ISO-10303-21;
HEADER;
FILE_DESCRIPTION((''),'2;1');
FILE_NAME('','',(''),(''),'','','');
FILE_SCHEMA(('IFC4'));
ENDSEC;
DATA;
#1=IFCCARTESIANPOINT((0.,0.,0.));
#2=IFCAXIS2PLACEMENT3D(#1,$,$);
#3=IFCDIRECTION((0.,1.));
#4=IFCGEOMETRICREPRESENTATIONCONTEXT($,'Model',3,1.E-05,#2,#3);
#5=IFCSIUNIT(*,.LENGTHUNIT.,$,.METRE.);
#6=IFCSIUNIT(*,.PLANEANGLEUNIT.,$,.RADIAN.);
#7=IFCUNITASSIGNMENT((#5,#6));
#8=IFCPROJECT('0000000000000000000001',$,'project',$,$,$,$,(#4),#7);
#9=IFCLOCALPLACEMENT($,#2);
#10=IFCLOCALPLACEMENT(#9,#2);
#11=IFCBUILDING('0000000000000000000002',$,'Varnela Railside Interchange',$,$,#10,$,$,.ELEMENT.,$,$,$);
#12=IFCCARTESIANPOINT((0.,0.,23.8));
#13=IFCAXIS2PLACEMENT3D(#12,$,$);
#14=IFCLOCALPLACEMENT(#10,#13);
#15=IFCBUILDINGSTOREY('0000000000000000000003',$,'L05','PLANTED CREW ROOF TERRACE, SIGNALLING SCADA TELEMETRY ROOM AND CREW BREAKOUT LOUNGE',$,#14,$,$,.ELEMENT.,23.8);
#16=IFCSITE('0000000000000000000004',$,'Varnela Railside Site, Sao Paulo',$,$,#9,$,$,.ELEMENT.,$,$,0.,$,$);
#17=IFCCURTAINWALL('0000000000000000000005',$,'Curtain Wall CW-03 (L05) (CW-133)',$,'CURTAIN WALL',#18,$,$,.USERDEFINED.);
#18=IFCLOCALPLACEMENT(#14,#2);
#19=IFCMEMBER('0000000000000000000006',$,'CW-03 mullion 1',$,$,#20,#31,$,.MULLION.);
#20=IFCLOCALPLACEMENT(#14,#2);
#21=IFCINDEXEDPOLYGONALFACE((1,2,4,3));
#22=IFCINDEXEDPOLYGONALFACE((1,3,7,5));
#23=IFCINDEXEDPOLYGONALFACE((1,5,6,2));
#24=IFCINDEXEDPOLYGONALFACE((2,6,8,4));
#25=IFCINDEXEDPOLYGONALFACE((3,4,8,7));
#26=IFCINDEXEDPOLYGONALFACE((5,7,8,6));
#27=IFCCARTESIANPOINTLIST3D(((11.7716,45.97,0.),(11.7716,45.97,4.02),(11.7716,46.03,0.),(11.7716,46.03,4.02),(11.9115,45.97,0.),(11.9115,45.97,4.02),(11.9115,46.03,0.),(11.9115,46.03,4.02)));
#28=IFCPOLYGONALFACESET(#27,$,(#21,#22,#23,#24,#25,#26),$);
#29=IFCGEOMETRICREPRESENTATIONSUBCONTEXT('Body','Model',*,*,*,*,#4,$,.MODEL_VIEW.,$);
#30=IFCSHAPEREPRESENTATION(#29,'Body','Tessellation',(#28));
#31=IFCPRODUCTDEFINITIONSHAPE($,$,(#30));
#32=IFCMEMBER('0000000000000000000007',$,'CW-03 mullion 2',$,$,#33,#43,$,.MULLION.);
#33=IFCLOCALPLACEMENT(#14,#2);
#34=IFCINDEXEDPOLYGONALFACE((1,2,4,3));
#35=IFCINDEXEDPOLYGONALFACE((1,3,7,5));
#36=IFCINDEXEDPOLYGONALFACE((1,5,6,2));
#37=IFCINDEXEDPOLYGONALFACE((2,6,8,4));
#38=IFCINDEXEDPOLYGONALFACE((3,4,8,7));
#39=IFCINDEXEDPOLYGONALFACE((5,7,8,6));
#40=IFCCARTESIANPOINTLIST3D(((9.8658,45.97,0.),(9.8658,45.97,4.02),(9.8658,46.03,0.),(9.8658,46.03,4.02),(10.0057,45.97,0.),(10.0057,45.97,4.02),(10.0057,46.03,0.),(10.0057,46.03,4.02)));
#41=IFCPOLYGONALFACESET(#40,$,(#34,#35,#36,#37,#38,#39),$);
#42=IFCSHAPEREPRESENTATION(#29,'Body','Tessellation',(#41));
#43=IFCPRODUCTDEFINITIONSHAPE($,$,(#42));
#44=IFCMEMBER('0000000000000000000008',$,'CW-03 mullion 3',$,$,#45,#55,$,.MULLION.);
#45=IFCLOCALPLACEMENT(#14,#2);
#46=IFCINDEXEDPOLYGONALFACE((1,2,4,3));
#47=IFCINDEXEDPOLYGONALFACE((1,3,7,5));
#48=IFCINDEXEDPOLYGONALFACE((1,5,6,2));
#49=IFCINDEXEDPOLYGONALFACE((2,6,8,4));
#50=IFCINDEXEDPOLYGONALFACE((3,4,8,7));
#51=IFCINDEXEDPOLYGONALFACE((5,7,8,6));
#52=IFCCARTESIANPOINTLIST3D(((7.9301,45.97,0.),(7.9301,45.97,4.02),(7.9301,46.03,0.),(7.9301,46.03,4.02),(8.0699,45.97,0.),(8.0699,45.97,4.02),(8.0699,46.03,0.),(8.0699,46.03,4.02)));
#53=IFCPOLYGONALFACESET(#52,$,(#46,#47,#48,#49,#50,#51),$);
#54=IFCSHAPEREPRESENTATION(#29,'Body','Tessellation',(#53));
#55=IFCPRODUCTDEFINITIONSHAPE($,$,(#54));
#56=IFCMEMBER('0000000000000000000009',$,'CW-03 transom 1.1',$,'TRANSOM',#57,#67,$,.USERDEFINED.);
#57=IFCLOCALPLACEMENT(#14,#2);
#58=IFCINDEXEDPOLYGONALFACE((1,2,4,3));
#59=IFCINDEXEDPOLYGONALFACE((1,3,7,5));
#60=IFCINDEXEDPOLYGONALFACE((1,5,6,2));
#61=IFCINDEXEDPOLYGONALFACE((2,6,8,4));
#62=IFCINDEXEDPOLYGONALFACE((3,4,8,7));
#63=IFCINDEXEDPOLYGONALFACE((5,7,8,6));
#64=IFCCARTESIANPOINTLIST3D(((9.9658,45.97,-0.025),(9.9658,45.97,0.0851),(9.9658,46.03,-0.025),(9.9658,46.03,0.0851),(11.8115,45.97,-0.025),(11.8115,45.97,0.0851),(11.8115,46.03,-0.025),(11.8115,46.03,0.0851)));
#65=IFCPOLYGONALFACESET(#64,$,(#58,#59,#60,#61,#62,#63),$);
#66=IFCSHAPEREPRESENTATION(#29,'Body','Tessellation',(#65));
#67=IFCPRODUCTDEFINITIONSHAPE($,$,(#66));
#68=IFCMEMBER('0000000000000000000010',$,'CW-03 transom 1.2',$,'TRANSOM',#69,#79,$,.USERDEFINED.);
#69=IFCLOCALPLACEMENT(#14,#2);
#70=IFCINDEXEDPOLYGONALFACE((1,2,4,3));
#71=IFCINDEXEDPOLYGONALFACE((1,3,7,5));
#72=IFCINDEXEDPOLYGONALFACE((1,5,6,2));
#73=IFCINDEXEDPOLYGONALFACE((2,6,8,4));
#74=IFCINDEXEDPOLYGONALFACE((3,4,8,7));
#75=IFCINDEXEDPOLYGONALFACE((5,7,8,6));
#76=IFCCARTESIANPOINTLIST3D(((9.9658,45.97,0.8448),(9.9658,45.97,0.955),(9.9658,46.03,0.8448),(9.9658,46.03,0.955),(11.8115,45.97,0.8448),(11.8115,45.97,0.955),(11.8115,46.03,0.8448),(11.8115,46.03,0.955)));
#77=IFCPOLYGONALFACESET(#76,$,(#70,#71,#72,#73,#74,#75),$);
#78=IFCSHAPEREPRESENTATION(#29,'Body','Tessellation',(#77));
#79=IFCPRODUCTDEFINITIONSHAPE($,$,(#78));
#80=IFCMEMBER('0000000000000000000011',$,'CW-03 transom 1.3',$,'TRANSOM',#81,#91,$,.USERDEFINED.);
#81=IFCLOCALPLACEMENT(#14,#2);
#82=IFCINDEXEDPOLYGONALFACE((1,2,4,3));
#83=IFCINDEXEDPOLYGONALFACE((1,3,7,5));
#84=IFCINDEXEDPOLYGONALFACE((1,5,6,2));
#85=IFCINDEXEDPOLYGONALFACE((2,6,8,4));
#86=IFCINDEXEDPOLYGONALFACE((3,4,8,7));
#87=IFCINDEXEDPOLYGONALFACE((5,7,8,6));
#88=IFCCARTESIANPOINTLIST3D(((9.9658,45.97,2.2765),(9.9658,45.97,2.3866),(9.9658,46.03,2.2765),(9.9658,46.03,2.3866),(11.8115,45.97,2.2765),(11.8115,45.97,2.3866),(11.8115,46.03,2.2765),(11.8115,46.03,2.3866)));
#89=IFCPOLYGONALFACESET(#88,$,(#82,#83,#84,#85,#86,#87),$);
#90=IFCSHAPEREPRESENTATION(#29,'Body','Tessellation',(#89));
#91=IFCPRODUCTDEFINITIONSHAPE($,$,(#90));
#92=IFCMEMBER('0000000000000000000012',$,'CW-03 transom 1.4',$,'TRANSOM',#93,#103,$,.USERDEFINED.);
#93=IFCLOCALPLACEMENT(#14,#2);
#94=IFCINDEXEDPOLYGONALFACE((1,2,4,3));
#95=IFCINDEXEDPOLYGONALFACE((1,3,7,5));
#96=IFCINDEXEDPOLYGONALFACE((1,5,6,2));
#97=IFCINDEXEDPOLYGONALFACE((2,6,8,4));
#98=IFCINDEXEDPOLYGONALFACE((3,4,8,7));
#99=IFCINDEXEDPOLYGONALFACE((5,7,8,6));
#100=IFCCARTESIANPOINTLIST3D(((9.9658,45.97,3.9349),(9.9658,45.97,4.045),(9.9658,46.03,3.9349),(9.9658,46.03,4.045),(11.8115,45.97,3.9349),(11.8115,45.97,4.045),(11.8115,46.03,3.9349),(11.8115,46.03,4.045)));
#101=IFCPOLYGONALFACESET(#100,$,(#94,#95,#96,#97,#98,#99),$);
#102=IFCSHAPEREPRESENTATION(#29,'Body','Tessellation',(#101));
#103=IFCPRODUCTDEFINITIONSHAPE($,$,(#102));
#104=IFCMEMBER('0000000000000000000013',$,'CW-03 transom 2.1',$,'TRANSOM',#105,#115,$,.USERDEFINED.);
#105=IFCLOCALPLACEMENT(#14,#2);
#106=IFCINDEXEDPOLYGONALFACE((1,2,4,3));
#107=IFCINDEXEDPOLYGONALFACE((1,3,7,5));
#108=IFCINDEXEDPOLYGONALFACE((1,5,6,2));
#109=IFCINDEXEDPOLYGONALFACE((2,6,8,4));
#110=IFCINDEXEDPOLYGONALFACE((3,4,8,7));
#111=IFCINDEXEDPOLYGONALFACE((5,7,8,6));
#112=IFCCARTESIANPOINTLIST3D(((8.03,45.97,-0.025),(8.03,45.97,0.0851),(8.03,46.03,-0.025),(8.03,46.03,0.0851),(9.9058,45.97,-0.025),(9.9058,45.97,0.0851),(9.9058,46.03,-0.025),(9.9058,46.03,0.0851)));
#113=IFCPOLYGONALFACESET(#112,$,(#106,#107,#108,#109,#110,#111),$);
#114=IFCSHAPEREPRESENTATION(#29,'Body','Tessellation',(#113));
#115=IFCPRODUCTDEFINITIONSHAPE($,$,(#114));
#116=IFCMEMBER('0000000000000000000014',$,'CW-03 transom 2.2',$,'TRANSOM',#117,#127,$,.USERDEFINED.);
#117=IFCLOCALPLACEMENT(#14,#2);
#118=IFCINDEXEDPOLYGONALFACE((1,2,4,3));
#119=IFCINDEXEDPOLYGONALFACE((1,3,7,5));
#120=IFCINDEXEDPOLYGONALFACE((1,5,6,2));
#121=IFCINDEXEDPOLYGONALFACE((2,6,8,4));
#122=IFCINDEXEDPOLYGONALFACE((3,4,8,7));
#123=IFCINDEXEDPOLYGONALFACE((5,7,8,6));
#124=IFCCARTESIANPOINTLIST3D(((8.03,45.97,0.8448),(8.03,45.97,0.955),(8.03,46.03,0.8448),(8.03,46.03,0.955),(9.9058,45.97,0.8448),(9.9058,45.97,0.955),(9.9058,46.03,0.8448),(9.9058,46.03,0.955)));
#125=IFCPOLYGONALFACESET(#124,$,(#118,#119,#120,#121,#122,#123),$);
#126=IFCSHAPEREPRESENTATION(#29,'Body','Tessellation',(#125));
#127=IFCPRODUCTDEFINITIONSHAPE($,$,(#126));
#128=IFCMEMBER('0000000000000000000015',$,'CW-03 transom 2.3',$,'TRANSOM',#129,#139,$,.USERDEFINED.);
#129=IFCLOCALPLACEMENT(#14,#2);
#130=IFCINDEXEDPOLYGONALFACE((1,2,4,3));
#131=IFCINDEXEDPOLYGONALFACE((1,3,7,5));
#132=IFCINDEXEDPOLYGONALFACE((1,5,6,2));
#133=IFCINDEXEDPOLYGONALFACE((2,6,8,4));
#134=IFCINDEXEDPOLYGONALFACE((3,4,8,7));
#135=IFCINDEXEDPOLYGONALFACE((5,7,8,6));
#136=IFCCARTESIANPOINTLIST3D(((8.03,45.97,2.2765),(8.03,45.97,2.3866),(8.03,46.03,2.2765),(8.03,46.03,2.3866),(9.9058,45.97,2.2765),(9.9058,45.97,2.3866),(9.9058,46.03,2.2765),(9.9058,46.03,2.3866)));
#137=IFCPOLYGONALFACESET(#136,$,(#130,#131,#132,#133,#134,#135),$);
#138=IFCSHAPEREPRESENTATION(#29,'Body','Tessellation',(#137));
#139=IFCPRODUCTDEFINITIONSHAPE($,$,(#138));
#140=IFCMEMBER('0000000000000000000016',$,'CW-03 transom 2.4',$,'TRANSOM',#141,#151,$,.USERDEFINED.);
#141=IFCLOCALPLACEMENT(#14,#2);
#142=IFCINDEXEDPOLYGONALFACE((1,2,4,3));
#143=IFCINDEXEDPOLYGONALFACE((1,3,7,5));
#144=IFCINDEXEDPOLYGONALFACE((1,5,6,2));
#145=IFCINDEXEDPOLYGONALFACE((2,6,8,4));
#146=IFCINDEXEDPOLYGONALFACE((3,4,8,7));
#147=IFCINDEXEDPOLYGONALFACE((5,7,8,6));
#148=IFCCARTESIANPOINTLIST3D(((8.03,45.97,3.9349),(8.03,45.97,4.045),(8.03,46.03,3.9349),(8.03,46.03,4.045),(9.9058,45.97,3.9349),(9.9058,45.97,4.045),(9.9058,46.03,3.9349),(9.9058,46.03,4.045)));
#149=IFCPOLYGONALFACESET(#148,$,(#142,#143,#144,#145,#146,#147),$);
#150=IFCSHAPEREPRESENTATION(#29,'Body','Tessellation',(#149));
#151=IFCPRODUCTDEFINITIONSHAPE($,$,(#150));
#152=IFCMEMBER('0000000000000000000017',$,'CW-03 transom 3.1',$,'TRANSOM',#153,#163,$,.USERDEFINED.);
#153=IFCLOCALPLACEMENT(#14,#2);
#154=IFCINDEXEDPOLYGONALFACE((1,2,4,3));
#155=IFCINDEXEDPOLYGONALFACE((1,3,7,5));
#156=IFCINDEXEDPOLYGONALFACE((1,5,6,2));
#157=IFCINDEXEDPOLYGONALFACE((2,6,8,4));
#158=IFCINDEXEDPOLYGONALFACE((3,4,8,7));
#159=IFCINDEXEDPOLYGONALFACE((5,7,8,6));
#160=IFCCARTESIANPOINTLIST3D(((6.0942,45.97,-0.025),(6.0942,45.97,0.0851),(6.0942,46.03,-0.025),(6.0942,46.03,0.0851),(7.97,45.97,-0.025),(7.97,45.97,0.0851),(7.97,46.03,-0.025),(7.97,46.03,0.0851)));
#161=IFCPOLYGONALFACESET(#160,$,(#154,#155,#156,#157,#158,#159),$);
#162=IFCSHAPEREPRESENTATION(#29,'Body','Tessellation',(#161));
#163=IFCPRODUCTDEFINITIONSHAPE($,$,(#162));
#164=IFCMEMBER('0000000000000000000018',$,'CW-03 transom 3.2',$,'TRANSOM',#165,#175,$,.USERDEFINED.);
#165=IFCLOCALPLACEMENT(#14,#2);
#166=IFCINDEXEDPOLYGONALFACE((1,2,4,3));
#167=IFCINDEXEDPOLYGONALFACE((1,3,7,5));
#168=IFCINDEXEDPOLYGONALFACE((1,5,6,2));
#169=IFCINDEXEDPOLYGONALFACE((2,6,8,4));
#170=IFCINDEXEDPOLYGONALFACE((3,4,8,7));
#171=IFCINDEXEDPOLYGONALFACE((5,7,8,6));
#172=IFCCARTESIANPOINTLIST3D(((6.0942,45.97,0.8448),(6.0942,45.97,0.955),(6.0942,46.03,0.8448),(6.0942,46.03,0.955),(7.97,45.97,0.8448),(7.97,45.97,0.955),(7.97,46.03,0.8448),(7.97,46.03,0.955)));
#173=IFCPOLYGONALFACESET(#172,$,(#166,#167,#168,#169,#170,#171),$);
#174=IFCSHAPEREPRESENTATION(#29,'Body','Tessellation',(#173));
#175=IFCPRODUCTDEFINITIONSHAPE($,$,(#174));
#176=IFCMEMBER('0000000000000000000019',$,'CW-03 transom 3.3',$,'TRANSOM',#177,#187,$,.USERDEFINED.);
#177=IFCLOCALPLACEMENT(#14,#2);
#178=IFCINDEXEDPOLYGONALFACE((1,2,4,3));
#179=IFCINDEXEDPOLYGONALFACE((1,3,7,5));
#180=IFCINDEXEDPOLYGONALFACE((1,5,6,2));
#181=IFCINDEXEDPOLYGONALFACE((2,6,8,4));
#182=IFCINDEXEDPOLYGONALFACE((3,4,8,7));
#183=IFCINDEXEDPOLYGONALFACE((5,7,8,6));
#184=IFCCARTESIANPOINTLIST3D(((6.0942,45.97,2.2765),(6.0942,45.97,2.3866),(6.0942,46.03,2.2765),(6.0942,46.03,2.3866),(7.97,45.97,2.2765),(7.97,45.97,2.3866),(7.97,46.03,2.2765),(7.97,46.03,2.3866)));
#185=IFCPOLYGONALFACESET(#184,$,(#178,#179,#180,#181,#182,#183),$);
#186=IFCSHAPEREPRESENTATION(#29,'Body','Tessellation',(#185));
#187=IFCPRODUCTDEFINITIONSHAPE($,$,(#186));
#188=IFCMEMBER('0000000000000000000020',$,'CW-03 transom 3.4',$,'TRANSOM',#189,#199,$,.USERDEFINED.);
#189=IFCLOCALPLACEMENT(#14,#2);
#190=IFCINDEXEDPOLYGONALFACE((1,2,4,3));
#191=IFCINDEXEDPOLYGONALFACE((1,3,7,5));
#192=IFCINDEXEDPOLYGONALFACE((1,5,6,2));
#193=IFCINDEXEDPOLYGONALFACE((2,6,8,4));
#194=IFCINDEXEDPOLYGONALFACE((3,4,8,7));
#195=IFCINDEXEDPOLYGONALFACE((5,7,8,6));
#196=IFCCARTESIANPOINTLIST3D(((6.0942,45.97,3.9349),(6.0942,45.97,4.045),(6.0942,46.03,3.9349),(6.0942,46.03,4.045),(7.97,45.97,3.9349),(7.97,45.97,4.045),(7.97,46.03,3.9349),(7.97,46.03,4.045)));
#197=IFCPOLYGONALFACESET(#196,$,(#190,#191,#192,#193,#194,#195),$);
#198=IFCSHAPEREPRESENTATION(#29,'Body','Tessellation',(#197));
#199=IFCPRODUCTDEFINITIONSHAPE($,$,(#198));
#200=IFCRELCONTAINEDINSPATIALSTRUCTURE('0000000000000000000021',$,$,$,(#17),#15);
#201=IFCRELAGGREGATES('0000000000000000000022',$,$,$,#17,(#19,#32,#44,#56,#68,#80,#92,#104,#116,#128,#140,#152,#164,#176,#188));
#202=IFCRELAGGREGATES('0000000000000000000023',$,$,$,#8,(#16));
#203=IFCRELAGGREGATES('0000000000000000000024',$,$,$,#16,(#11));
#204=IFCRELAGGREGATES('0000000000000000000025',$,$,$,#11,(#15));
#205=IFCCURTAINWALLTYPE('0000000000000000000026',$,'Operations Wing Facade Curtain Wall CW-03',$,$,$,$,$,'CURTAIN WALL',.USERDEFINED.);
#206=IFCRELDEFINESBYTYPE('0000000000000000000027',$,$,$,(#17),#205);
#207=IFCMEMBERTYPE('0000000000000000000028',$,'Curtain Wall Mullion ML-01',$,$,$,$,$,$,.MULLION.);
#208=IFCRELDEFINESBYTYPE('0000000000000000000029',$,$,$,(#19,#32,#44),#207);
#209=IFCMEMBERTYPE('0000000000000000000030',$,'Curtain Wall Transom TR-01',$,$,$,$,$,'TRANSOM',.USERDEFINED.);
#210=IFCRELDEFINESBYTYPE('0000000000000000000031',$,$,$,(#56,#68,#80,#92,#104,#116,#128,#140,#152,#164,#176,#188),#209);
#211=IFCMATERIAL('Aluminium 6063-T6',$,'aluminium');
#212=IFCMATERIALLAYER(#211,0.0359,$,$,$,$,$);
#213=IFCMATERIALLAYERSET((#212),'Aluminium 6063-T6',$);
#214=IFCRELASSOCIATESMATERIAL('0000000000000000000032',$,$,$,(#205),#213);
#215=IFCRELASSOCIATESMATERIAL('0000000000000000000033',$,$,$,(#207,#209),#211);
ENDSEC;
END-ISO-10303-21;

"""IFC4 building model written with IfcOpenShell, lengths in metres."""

from ifc_helpers import new_model, si_unit, direction, frame, origin, origin_2d, place, context, subcontext, project, spatial, rectangle, extrude, material, layer, layer_set, material_profile, profile_set, type_object, element, aggregate, save


model = new_model("IFC4")

# Units and contexts
model_context = context("Model", 3, precision=1e-05, world=origin(), true_north=direction((0.0, 1.0)))
body_context = subcontext(model_context, "Body", "Model", "MODEL_VIEW")
ifc_project = project(units=[si_unit("LENGTHUNIT", "METRE"), si_unit("PLANEANGLEUNIT", "RADIAN")], contexts=[model_context])

# Site, building, storey
site_placement = place(None, origin())
site = spatial("IfcSite", under=ifc_project, at=site_placement, Name="Varnela Railside Site, Sao Paulo", CompositionType="ELEMENT", RefElevation=0.0)
building_placement = place(site_placement, origin())
building = spatial("IfcBuilding", under=site, at=building_placement, Name="Varnela Railside Interchange", CompositionType="ELEMENT")
storey_placement = place(building_placement, frame((0.0, 0.0, 23.8)))
storey = spatial("IfcBuildingStorey", under=building, at=storey_placement, Name="L05", Description="PLANTED CREW ROOF TERRACE, SIGNALLING SCADA TELEMETRY ROOM AND CREW BREAKOUT LOUNGE", CompositionType="ELEMENT", Elevation=23.8)

# Curtain wall, members
ifc_material_1 = material(Name="Aluminium 6063-T6", Category="aluminium")
ifc_layer_1 = layer(ifc_material_1, 0.0359)
ifc_layer_set_1 = layer_set([ifc_layer_1], Name="Aluminium 6063-T6")
curtain_wall_type = type_object("IfcCurtainWallType", Name="Operations Wing Facade Curtain Wall CW-03", ElementType="CURTAIN WALL", PredefinedType="USERDEFINED", material=ifc_layer_set_1)
curtain_wall_placement = place(storey_placement, origin())
curtain_wall = element("IfcCurtainWall", 1, at=curtain_wall_placement, inside=storey, type_object=curtain_wall_type, Name="Curtain Wall CW-03 (L05) (CW-133)", ObjectType="CURTAIN WALL", PredefinedType="USERDEFINED")
ifc_material_profile_1 = material_profile(ifc_material_1, rectangle(XDim=0.0601, YDim=0.1399, at=origin_2d()), Name="ALU 60x140")
ifc_profile_set_1 = profile_set([ifc_material_profile_1], Name="Aluminium 6063-T6")
member_type_1 = type_object("IfcMemberType", Name="Curtain Wall Mullion ML-01", PredefinedType="MULLION", material=ifc_profile_set_1)
member_1_placement = place(storey_placement, frame((11.8416, 46.0, 0.0), z_axis=(0.0, 0.0, 1.0), x_axis=(0.0, -1.0, 0.0)))
member_1 = element("IfcMember", 2, at=member_1_placement, type_object=member_type_1, Name="CW-03 mullion 1", PredefinedType="MULLION", context=body_context, shape_type="SweptSolid", body=[
    extrude(rectangle(XDim=0.0601, YDim=0.1399, at=origin_2d()), origin(), (0.0, 0.0, 1.0), 4.02),
])
member_2_placement = place(storey_placement, frame((9.9358, 46.0, 0.0), z_axis=(0.0, 0.0, 1.0), x_axis=(0.0, -1.0, 0.0)))
member_2 = element("IfcMember", 3, at=member_2_placement, type_object=member_type_1, Name="CW-03 mullion 2", PredefinedType="MULLION", context=body_context, shape_type="SweptSolid", body=[
    extrude(rectangle(XDim=0.0601, YDim=0.1399, at=origin_2d()), origin(), (0.0, 0.0, 1.0), 4.02),
])
member_3_placement = place(storey_placement, frame((8.0, 46.0, 0.0), z_axis=(0.0, 0.0, 1.0), x_axis=(0.0, -1.0, 0.0)))
member_3 = element("IfcMember", 4, at=member_3_placement, type_object=member_type_1, Name="CW-03 mullion 3", PredefinedType="MULLION", context=body_context, shape_type="SweptSolid", body=[
    extrude(rectangle(XDim=0.0601, YDim=0.1399, at=origin_2d()), origin(), (0.0, 0.0, 1.0), 4.02),
])
ifc_material_profile_2 = material_profile(ifc_material_1, rectangle(XDim=0.0601, YDim=0.1101, at=origin_2d()), Name="ALU 60x110")
ifc_profile_set_2 = profile_set([ifc_material_profile_2], Name="Aluminium 6063-T6")
member_type_2 = type_object("IfcMemberType", Name="Curtain Wall Transom TR-01", ElementType="TRANSOM", PredefinedType="USERDEFINED", material=ifc_profile_set_2)
member_4_placement = place(storey_placement, frame((11.8115, 46.0, 0.03), z_axis=(-1.0, 0.0, 0.0), x_axis=(0.0, -1.0, 0.0)))
member_4 = element("IfcMember", 5, at=member_4_placement, type_object=member_type_2, Name="CW-03 transom 1.1", ObjectType="TRANSOM", PredefinedType="USERDEFINED", context=body_context, shape_type="SweptSolid", body=[
    extrude(rectangle(XDim=0.0601, YDim=0.1101, at=origin_2d()), origin(), (0.0, 0.0, 1.0), 1.8457),
])
member_5_placement = place(storey_placement, frame((11.8115, 46.0, 0.8999), z_axis=(-1.0, 0.0, 0.0), x_axis=(0.0, -1.0, 0.0)))
member_5 = element("IfcMember", 6, at=member_5_placement, type_object=member_type_2, Name="CW-03 transom 1.2", ObjectType="TRANSOM", PredefinedType="USERDEFINED", context=body_context, shape_type="SweptSolid", body=[
    extrude(rectangle(XDim=0.0601, YDim=0.1101, at=origin_2d()), origin(), (0.0, 0.0, 1.0), 1.8457),
])
member_6_placement = place(storey_placement, frame((11.8115, 46.0, 2.3315), z_axis=(-1.0, 0.0, 0.0), x_axis=(0.0, -1.0, 0.0)))
member_6 = element("IfcMember", 7, at=member_6_placement, type_object=member_type_2, Name="CW-03 transom 1.3", ObjectType="TRANSOM", PredefinedType="USERDEFINED", context=body_context, shape_type="SweptSolid", body=[
    extrude(rectangle(XDim=0.0601, YDim=0.1101, at=origin_2d()), origin(), (0.0, 0.0, 1.0), 1.8457),
])
member_7_placement = place(storey_placement, frame((11.8115, 46.0, 3.99), z_axis=(-1.0, 0.0, 0.0), x_axis=(0.0, -1.0, 0.0)))
member_7 = element("IfcMember", 8, at=member_7_placement, type_object=member_type_2, Name="CW-03 transom 1.4", ObjectType="TRANSOM", PredefinedType="USERDEFINED", context=body_context, shape_type="SweptSolid", body=[
    extrude(rectangle(XDim=0.0601, YDim=0.1101, at=origin_2d()), origin(), (0.0, 0.0, 1.0), 1.8457),
])
member_8_placement = place(storey_placement, frame((9.9058, 46.0, 0.03), z_axis=(-1.0, 0.0, 0.0), x_axis=(0.0, -1.0, 0.0)))
member_8 = element("IfcMember", 9, at=member_8_placement, type_object=member_type_2, Name="CW-03 transom 2.1", ObjectType="TRANSOM", PredefinedType="USERDEFINED", context=body_context, shape_type="SweptSolid", body=[
    extrude(rectangle(XDim=0.0601, YDim=0.1101, at=origin_2d()), origin(), (0.0, 0.0, 1.0), 1.8757),
])
member_9_placement = place(storey_placement, frame((9.9058, 46.0, 0.8999), z_axis=(-1.0, 0.0, 0.0), x_axis=(0.0, -1.0, 0.0)))
member_9 = element("IfcMember", 10, at=member_9_placement, type_object=member_type_2, Name="CW-03 transom 2.2", ObjectType="TRANSOM", PredefinedType="USERDEFINED", context=body_context, shape_type="SweptSolid", body=[
    extrude(rectangle(XDim=0.0601, YDim=0.1101, at=origin_2d()), origin(), (0.0, 0.0, 1.0), 1.8757),
])
member_10_placement = place(storey_placement, frame((9.9058, 46.0, 2.3315), z_axis=(-1.0, 0.0, 0.0), x_axis=(0.0, -1.0, 0.0)))
member_10 = element("IfcMember", 11, at=member_10_placement, type_object=member_type_2, Name="CW-03 transom 2.3", ObjectType="TRANSOM", PredefinedType="USERDEFINED", context=body_context, shape_type="SweptSolid", body=[
    extrude(rectangle(XDim=0.0601, YDim=0.1101, at=origin_2d()), origin(), (0.0, 0.0, 1.0), 1.8757),
])
member_11_placement = place(storey_placement, frame((9.9058, 46.0, 3.99), z_axis=(-1.0, 0.0, 0.0), x_axis=(0.0, -1.0, 0.0)))
member_11 = element("IfcMember", 12, at=member_11_placement, type_object=member_type_2, Name="CW-03 transom 2.4", ObjectType="TRANSOM", PredefinedType="USERDEFINED", context=body_context, shape_type="SweptSolid", body=[
    extrude(rectangle(XDim=0.0601, YDim=0.1101, at=origin_2d()), origin(), (0.0, 0.0, 1.0), 1.8757),
])
member_12_placement = place(storey_placement, frame((7.97, 46.0, 0.03), z_axis=(-1.0, 0.0, 0.0), x_axis=(0.0, -1.0, 0.0)))
member_12 = element("IfcMember", 13, at=member_12_placement, type_object=member_type_2, Name="CW-03 transom 3.1", ObjectType="TRANSOM", PredefinedType="USERDEFINED", context=body_context, shape_type="SweptSolid", body=[
    extrude(rectangle(XDim=0.0601, YDim=0.1101, at=origin_2d()), origin(), (0.0, 0.0, 1.0), 1.8757),
])
member_13_placement = place(storey_placement, frame((7.97, 46.0, 0.8999), z_axis=(-1.0, 0.0, 0.0), x_axis=(0.0, -1.0, 0.0)))
member_13 = element("IfcMember", 14, at=member_13_placement, type_object=member_type_2, Name="CW-03 transom 3.2", ObjectType="TRANSOM", PredefinedType="USERDEFINED", context=body_context, shape_type="SweptSolid", body=[
    extrude(rectangle(XDim=0.0601, YDim=0.1101, at=origin_2d()), origin(), (0.0, 0.0, 1.0), 1.8757),
])
member_14_placement = place(storey_placement, frame((7.97, 46.0, 2.3315), z_axis=(-1.0, 0.0, 0.0), x_axis=(0.0, -1.0, 0.0)))
member_14 = element("IfcMember", 15, at=member_14_placement, type_object=member_type_2, Name="CW-03 transom 3.3", ObjectType="TRANSOM", PredefinedType="USERDEFINED", context=body_context, shape_type="SweptSolid", body=[
    extrude(rectangle(XDim=0.0601, YDim=0.1101, at=origin_2d()), origin(), (0.0, 0.0, 1.0), 1.8757),
])
member_15_placement = place(storey_placement, frame((7.97, 46.0, 3.99), z_axis=(-1.0, 0.0, 0.0), x_axis=(0.0, -1.0, 0.0)))
member_15 = element("IfcMember", 16, at=member_15_placement, type_object=member_type_2, Name="CW-03 transom 3.4", ObjectType="TRANSOM", PredefinedType="USERDEFINED", context=body_context, shape_type="SweptSolid", body=[
    extrude(rectangle(XDim=0.0601, YDim=0.1101, at=origin_2d()), origin(), (0.0, 0.0, 1.0), 1.8757),
])
aggregate(curtain_wall, [member_1, member_2, member_3, member_4, member_5, member_6, member_7, member_8, member_9, member_10, member_11, member_12, member_13, member_14, member_15])

save(model, "model.ifc")
